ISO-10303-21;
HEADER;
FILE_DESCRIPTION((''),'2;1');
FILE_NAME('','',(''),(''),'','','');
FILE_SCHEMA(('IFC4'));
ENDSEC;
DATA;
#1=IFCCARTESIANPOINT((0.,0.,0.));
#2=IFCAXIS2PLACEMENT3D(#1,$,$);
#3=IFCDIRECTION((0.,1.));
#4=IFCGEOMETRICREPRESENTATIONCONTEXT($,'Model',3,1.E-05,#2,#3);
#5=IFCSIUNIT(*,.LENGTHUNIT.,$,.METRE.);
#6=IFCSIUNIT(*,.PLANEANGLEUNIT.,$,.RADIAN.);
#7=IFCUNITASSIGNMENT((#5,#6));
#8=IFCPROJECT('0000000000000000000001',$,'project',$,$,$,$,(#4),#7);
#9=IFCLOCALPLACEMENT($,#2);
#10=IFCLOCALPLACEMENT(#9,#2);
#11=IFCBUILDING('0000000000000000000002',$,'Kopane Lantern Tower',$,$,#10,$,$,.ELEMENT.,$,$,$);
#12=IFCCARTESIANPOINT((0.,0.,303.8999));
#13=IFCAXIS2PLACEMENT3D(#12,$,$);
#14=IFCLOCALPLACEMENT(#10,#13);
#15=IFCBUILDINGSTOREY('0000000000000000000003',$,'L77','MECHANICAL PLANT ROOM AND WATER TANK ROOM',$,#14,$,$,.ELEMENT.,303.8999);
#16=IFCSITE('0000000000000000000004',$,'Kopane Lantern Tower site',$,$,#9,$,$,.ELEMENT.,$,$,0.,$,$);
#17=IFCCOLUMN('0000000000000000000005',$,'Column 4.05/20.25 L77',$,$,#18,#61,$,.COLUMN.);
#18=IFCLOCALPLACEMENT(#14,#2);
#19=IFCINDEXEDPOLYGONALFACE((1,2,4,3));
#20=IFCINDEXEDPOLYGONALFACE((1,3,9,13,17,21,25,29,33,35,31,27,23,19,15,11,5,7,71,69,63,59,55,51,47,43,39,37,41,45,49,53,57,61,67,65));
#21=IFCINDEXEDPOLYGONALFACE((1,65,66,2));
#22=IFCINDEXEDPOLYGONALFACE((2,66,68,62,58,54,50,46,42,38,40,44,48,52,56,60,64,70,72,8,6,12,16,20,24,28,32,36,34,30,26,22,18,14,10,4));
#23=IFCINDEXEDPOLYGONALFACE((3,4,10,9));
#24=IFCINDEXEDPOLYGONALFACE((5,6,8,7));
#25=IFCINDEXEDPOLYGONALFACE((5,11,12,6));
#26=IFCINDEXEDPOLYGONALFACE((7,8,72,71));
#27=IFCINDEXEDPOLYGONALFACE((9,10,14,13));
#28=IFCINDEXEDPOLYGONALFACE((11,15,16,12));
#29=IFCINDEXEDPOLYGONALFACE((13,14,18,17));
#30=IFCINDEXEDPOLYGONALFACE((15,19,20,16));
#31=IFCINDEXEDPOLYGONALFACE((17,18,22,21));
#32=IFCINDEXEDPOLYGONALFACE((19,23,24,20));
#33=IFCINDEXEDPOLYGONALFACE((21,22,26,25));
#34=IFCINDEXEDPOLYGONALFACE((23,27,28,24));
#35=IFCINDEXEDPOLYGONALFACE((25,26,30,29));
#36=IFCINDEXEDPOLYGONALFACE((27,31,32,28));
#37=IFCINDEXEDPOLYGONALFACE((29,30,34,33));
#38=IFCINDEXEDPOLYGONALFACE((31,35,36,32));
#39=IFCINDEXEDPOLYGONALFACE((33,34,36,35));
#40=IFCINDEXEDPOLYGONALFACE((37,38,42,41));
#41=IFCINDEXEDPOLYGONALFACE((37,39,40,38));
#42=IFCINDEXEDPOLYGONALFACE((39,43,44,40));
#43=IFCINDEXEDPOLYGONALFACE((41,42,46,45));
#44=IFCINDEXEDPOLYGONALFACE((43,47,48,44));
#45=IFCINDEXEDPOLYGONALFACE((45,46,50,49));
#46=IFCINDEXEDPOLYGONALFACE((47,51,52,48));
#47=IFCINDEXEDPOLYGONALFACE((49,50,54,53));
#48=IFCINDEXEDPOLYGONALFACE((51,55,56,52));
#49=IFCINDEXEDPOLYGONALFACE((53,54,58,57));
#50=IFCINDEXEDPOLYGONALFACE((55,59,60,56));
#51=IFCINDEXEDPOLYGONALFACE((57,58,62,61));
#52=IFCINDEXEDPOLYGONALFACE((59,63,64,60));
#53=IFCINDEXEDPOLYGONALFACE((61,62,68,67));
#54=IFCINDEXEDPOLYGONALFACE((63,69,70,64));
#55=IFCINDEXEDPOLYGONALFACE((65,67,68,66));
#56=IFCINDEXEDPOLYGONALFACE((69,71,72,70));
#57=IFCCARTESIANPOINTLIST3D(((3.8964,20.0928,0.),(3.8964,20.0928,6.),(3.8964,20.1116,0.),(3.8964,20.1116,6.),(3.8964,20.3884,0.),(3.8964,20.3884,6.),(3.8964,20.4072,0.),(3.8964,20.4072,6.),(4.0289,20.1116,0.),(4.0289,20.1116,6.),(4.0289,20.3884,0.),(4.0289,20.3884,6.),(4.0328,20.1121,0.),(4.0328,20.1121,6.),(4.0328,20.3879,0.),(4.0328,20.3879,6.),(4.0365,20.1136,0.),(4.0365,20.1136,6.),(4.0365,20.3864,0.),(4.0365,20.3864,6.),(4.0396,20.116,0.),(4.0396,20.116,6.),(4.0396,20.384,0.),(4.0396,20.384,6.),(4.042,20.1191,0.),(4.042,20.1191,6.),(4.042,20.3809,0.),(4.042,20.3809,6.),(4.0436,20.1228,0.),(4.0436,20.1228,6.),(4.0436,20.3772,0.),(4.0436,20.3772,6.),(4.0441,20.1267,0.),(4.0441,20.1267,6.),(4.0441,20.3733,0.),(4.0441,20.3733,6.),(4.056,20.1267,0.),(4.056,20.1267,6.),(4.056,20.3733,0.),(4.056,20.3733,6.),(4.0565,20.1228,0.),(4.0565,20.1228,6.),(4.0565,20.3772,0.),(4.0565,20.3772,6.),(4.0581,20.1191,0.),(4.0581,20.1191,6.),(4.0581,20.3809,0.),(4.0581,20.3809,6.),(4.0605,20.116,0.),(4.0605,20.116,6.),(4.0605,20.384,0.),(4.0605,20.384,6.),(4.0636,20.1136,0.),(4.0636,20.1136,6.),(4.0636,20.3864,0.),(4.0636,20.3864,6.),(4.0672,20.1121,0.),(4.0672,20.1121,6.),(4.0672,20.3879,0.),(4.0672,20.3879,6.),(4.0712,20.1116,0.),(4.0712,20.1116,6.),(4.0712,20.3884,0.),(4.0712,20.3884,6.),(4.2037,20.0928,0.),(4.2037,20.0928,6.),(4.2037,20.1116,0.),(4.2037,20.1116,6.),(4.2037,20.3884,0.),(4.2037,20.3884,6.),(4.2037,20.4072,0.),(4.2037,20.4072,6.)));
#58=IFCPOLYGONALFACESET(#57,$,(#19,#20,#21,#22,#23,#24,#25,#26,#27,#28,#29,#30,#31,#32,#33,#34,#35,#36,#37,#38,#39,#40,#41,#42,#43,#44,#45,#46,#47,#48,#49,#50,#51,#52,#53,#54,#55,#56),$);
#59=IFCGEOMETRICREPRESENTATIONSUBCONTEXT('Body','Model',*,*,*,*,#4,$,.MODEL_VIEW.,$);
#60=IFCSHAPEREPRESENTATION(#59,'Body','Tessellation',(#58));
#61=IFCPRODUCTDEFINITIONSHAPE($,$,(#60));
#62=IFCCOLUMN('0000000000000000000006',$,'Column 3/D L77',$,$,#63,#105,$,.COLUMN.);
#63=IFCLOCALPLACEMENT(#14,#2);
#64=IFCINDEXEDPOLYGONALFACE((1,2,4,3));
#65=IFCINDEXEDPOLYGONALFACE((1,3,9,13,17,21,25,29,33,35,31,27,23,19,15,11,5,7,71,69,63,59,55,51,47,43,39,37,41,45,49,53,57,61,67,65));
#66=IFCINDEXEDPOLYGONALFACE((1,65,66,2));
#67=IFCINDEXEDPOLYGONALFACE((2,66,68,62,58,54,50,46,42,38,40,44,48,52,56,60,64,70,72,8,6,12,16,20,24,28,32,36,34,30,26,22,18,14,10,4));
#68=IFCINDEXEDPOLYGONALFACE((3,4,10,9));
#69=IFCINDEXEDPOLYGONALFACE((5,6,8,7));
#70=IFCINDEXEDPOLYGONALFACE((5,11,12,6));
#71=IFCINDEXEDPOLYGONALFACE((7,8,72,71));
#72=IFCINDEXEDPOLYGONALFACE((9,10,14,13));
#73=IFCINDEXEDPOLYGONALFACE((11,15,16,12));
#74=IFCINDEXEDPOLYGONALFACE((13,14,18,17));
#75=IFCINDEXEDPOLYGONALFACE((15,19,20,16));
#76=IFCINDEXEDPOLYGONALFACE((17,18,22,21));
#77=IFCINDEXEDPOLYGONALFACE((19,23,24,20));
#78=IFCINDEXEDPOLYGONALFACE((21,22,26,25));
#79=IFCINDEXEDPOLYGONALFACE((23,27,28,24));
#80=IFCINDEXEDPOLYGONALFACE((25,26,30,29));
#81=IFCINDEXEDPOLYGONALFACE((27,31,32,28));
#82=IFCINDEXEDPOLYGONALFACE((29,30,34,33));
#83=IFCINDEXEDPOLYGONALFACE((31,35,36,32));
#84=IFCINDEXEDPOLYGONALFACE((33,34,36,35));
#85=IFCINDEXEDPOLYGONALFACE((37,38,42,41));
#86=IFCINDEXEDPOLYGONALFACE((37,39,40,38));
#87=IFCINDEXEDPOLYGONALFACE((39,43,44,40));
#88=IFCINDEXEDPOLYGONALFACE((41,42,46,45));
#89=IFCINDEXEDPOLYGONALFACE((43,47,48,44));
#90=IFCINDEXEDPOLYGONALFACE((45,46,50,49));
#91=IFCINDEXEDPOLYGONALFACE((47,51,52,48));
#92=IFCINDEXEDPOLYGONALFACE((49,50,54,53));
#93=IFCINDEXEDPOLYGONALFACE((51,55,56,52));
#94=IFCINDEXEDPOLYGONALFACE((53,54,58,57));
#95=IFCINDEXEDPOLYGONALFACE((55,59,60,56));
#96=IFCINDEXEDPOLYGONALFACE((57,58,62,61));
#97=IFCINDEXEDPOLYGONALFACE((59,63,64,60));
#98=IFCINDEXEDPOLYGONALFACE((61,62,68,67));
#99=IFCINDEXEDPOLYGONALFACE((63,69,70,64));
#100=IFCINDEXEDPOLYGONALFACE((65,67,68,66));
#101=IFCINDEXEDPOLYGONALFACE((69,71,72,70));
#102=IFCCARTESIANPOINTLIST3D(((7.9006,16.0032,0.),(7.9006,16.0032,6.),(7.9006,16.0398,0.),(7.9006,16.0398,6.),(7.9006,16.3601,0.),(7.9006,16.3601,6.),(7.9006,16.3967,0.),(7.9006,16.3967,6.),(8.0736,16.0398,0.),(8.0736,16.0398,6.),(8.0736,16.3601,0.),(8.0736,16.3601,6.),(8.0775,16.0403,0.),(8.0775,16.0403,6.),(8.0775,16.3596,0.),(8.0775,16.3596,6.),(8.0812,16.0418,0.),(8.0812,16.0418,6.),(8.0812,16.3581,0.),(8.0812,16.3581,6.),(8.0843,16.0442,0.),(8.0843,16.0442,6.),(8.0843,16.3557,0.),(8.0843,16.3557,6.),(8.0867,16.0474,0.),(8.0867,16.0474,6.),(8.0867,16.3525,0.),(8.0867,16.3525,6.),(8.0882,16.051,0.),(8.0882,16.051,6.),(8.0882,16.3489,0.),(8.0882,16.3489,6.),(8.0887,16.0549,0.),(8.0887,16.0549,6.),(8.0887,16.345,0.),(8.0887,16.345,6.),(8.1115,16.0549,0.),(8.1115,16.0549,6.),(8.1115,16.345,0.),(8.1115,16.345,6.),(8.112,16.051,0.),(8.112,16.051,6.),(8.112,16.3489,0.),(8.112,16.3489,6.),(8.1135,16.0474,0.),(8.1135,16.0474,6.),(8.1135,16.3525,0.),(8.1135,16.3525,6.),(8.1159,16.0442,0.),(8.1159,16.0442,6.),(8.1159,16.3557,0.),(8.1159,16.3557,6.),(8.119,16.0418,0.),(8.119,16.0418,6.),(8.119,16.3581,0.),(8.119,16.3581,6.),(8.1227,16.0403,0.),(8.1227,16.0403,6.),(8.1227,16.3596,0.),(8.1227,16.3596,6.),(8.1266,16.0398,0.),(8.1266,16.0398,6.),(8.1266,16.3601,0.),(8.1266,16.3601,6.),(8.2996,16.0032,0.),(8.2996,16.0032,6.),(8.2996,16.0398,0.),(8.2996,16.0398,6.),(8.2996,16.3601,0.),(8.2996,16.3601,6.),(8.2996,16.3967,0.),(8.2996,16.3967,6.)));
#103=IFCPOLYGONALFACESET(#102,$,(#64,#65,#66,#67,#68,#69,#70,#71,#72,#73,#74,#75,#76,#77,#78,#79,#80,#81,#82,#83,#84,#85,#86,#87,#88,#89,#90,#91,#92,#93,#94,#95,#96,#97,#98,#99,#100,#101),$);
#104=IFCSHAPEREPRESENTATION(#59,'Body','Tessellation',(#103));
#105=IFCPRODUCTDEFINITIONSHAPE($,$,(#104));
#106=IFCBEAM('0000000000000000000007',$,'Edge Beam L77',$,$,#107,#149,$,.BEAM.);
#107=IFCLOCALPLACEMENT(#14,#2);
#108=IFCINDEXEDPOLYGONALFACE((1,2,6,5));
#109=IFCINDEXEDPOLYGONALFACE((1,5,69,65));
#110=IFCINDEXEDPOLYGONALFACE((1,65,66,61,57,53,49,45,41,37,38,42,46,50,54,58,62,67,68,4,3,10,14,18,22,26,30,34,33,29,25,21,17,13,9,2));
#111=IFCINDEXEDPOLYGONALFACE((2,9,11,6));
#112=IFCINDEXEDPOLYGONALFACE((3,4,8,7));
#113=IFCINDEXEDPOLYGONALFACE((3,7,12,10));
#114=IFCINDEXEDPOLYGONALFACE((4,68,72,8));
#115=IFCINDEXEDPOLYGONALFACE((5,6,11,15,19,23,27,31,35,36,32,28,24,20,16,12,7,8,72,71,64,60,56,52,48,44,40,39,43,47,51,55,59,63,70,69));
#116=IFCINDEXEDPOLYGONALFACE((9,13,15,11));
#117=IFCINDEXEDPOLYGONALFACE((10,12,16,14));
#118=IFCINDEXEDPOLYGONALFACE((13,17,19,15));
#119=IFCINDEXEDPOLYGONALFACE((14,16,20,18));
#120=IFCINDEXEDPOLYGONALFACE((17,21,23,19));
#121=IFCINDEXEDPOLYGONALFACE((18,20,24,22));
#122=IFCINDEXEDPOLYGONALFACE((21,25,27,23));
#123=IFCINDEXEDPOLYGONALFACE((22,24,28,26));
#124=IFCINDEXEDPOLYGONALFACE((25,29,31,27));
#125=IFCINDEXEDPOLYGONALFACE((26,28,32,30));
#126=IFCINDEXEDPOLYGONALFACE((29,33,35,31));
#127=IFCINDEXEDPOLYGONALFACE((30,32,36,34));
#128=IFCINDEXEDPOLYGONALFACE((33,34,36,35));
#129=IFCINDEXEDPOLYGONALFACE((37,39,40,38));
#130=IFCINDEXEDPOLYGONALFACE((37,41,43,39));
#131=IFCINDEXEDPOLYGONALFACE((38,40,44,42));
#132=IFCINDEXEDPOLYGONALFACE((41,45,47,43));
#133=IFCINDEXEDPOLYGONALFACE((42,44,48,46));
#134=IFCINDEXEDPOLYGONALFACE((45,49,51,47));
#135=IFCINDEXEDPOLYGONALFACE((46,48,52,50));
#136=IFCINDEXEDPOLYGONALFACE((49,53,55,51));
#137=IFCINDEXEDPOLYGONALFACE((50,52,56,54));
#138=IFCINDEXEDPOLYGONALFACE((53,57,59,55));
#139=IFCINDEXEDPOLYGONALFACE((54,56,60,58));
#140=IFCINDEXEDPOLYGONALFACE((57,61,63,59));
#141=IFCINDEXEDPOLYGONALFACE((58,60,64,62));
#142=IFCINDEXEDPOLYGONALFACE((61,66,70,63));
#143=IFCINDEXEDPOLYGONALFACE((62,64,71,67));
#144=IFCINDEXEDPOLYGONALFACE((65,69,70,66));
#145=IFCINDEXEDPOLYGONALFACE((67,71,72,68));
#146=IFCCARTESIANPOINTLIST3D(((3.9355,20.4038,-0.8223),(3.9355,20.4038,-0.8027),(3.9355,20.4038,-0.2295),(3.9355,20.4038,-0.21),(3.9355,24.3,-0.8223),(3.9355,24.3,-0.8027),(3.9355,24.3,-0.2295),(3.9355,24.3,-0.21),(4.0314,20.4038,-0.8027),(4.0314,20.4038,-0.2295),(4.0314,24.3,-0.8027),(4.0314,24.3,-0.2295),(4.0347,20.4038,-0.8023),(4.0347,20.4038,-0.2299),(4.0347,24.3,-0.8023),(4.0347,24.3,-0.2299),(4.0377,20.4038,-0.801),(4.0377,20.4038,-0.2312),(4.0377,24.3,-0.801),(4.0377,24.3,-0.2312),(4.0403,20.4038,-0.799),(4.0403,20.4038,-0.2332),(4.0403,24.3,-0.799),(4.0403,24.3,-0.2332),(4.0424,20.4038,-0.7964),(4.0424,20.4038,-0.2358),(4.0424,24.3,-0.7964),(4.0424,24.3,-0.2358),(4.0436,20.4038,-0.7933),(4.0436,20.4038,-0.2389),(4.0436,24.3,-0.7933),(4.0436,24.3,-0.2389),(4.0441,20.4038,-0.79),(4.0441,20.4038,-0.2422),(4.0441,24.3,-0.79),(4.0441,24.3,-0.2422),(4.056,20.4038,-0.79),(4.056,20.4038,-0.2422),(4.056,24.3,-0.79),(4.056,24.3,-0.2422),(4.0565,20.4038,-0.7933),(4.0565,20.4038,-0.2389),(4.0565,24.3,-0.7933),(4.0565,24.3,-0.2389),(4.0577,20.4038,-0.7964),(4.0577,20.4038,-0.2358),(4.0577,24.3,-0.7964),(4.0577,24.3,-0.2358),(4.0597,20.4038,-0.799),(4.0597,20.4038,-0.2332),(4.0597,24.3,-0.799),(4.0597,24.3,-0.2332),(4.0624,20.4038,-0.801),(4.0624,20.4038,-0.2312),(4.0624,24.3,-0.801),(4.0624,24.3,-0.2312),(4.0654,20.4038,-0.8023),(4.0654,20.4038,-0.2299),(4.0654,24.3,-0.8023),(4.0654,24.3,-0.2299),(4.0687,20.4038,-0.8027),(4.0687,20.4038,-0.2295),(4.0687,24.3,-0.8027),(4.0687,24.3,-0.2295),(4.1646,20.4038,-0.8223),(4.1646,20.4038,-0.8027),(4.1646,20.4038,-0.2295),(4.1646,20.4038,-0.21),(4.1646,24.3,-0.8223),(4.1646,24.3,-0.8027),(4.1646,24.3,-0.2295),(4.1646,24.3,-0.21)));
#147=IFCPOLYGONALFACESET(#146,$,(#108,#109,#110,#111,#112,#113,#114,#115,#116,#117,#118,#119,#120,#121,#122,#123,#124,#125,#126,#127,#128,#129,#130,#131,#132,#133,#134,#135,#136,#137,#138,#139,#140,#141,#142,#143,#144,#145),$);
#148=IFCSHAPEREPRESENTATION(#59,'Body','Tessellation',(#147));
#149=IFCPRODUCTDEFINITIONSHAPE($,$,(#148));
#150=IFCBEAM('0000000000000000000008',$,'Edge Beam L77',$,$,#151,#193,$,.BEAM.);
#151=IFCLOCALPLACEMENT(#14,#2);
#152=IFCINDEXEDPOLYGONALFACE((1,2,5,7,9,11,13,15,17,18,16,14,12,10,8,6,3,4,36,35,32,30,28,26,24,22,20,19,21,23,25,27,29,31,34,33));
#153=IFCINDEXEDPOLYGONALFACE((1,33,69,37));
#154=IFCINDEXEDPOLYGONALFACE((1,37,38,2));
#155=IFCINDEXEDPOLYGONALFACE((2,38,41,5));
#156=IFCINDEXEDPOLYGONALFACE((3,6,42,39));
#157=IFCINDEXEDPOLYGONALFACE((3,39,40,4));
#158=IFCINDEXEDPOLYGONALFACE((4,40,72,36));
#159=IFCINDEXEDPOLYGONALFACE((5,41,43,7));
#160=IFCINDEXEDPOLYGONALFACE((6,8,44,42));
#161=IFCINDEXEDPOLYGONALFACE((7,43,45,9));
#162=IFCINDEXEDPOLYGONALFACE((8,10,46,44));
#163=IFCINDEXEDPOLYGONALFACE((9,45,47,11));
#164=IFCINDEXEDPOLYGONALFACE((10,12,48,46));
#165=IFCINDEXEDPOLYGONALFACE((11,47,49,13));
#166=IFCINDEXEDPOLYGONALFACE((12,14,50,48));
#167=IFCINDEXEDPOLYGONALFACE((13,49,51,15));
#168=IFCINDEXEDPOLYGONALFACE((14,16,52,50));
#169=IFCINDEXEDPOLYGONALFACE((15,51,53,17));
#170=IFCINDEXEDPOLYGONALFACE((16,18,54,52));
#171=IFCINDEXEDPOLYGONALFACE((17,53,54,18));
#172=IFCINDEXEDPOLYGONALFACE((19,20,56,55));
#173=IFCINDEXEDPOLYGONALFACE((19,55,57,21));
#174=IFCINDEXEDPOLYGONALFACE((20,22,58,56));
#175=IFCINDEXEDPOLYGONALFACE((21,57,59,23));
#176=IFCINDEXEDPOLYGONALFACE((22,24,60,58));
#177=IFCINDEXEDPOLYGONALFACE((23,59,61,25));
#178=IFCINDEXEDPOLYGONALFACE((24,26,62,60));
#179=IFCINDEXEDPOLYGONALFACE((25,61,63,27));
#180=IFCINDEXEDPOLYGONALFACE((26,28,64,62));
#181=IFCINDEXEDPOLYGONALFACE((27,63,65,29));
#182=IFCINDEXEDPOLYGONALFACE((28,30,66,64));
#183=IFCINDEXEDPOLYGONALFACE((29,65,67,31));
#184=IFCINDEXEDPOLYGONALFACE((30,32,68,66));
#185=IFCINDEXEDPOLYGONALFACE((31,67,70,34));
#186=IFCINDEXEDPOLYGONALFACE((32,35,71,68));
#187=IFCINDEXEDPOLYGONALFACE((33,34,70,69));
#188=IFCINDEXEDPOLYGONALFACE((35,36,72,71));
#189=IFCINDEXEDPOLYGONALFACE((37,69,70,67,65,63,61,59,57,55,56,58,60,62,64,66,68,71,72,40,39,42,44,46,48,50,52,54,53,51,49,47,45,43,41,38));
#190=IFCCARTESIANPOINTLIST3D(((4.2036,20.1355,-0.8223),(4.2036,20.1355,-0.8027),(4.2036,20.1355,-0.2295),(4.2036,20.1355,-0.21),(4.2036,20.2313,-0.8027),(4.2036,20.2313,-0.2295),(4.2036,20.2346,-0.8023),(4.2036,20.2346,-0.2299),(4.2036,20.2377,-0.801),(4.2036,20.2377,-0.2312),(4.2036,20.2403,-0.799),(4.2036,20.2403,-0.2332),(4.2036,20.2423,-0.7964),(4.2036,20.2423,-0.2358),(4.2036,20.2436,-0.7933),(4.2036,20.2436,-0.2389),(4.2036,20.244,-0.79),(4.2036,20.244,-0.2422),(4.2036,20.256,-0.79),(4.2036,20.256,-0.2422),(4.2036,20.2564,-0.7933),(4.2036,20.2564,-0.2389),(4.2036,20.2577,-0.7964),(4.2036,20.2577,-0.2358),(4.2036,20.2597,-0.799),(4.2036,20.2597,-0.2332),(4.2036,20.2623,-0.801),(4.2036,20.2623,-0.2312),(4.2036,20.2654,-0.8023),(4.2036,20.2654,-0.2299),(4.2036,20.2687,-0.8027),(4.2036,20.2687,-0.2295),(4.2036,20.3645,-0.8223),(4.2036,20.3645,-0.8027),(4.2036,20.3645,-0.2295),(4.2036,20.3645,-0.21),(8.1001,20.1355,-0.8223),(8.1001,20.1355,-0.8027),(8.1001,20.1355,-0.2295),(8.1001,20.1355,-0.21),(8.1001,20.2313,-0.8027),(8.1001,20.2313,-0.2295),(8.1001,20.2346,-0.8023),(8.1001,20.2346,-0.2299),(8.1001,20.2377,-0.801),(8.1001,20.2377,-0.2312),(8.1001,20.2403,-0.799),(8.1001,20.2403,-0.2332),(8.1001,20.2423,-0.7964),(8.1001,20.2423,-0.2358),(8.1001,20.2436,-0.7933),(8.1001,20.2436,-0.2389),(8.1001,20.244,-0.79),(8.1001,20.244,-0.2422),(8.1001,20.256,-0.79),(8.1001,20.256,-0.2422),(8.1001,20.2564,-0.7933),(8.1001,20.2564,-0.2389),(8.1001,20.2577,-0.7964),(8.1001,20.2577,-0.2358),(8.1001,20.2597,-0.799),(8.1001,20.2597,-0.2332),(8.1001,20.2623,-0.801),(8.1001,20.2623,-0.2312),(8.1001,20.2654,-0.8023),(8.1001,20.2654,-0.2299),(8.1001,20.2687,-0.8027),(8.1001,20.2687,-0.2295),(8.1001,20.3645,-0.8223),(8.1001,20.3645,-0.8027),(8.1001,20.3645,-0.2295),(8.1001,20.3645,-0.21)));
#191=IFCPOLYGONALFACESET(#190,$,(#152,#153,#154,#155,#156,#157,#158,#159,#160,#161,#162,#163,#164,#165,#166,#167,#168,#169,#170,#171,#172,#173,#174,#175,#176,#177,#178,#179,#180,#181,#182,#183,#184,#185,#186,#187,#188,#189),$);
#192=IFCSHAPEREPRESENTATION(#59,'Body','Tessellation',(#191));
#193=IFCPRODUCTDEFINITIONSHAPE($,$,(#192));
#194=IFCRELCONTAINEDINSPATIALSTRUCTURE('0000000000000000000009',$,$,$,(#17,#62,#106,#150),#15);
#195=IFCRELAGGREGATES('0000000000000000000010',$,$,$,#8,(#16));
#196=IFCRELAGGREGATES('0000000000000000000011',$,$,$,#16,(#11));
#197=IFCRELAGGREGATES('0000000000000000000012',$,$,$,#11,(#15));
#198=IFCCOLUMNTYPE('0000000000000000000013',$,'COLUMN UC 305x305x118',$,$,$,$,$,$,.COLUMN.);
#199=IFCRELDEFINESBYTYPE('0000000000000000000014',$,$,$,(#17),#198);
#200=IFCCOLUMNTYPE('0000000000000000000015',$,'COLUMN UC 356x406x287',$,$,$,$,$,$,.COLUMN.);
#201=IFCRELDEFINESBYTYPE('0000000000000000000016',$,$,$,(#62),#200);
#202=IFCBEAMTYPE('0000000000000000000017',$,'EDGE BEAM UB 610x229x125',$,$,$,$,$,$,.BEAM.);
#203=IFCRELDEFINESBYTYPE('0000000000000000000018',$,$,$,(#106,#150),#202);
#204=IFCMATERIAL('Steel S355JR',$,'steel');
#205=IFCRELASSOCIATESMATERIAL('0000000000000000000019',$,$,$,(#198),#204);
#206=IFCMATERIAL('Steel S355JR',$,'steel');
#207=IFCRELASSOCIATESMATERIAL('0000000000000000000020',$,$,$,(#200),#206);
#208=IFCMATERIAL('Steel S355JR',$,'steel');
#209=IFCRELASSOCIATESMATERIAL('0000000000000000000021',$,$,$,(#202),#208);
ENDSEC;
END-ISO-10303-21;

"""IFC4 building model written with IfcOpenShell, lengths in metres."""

from ifc_helpers import new_model, si_unit, direction, frame, origin, origin_2d, place, context, subcontext, project, spatial, i_section, extrude, material, material_profile, profile_set, type_object, element, save


model = new_model("IFC4")

# Units and contexts
model_context = context("Model", 3, precision=1e-05, world=origin(), true_north=direction((0.0, 1.0)))
body_context = subcontext(model_context, "Body", "Model", "MODEL_VIEW")
ifc_project = project(units=[si_unit("LENGTHUNIT", "METRE"), si_unit("PLANEANGLEUNIT", "RADIAN")], contexts=[model_context])

# Site, building, storey
site_placement = place(None, origin())
site = spatial("IfcSite", under=ifc_project, at=site_placement, Name="Kopane Lantern Tower site", CompositionType="ELEMENT", RefElevation=0.0)
building_placement = place(site_placement, origin())
building = spatial("IfcBuilding", under=site, at=building_placement, Name="Kopane Lantern Tower", CompositionType="ELEMENT")
storey_placement = place(building_placement, frame((0.0, 0.0, 303.8999)))
storey = spatial("IfcBuildingStorey", under=building, at=storey_placement, Name="L77", Description="MECHANICAL PLANT ROOM AND WATER TANK ROOM", CompositionType="ELEMENT", Elevation=303.8999)

# Columns
ifc_material_1 = material(Name="Steel S355JR", Category="steel")
ifc_material_profile_1 = material_profile(ifc_material_1, i_section(OverallWidth=0.3074, OverallDepth=0.3145, WebThickness=0.012, FlangeThickness=0.0188, FilletRadius=0.0151, at=origin_2d()), Name="UC 305x305x118")
ifc_profile_set_1 = profile_set([ifc_material_profile_1], Name="Steel S355JR")
column_type_1 = type_object("IfcColumnType", Name="COLUMN UC 305x305x118", PredefinedType="COLUMN", material=ifc_profile_set_1)
column_1_placement = place(storey_placement, frame((4.05, 20.25, 0.0), z_axis=(0.0, 0.0, 1.0), x_axis=(1.0, 0.0, 0.0)))
element("IfcColumn", 1, at=column_1_placement, inside=storey, type_object=column_type_1, Name="Column 4.05/20.25 L77", PredefinedType="COLUMN", context=body_context, shape_type="SweptSolid", body=[
    extrude(i_section(OverallWidth=0.3074, OverallDepth=0.3145, WebThickness=0.012, FlangeThickness=0.0188, FilletRadius=0.0151, at=origin_2d()), origin(), (0.0, 0.0, 1.0), 6.0),
])
ifc_material_2 = material(Name="Steel S355JR", Category="steel")
ifc_material_profile_2 = material_profile(ifc_material_2, i_section(OverallWidth=0.3989, OverallDepth=0.3936, WebThickness=0.0227, FlangeThickness=0.0366, FilletRadius=0.0151, at=origin_2d()), Name="UC 356x406x287")
ifc_profile_set_2 = profile_set([ifc_material_profile_2], Name="Steel S355JR")
column_type_2 = type_object("IfcColumnType", Name="COLUMN UC 356x406x287", PredefinedType="COLUMN", material=ifc_profile_set_2)
column_2_placement = place(storey_placement, frame((8.1001, 16.2, 0.0), z_axis=(0.0, 0.0, 1.0), x_axis=(1.0, 0.0, 0.0)))
element("IfcColumn", 2, at=column_2_placement, inside=storey, type_object=column_type_2, Name="Column 3/D L77", PredefinedType="COLUMN", context=body_context, shape_type="SweptSolid", body=[
    extrude(i_section(OverallWidth=0.3989, OverallDepth=0.3936, WebThickness=0.0227, FlangeThickness=0.0366, FilletRadius=0.0151, at=origin_2d()), origin(), (0.0, 0.0, 1.0), 6.0),
])

# Beams
ifc_material_3 = material(Name="Steel S355JR", Category="steel")
ifc_material_profile_3 = material_profile(ifc_material_3, i_section(OverallWidth=0.229, OverallDepth=0.6123, WebThickness=0.012, FlangeThickness=0.0195, FilletRadius=0.0127, at=origin_2d()), Name="UB 610x229x125")
ifc_profile_set_3 = profile_set([ifc_material_profile_3], Name="Steel S355JR")
beam_type_1 = type_object("IfcBeamType", Name="EDGE BEAM UB 610x229x125", PredefinedType="BEAM", material=ifc_profile_set_3)
beam_1_placement = place(storey_placement, frame((4.05, 20.4038, -0.5161), z_axis=(0.0, 1.0, 0.0), x_axis=(-1.0, 0.0, 0.0)))
element("IfcBeam", 3, at=beam_1_placement, inside=storey, type_object=beam_type_1, Name="Edge Beam L77", PredefinedType="BEAM", context=body_context, shape_type="SweptSolid", body=[
    extrude(i_section(OverallWidth=0.229, OverallDepth=0.6123, WebThickness=0.012, FlangeThickness=0.0195, FilletRadius=0.0127, at=origin_2d()), origin(), (0.0, 0.0, 1.0), 3.8962),
])
beam_2_placement = place(storey_placement, frame((4.2036, 20.25, -0.5161), z_axis=(1.0, 0.0, 0.0), x_axis=(0.0, 1.0, 0.0)))
element("IfcBeam", 4, at=beam_2_placement, inside=storey, type_object=beam_type_1, Name="Edge Beam L77", PredefinedType="BEAM", context=body_context, shape_type="SweptSolid", body=[
    extrude(i_section(OverallWidth=0.229, OverallDepth=0.6123, WebThickness=0.012, FlangeThickness=0.0195, FilletRadius=0.0127, at=origin_2d()), origin(), (0.0, 0.0, 1.0), 3.8965),
])

save(model, "model.ifc")
